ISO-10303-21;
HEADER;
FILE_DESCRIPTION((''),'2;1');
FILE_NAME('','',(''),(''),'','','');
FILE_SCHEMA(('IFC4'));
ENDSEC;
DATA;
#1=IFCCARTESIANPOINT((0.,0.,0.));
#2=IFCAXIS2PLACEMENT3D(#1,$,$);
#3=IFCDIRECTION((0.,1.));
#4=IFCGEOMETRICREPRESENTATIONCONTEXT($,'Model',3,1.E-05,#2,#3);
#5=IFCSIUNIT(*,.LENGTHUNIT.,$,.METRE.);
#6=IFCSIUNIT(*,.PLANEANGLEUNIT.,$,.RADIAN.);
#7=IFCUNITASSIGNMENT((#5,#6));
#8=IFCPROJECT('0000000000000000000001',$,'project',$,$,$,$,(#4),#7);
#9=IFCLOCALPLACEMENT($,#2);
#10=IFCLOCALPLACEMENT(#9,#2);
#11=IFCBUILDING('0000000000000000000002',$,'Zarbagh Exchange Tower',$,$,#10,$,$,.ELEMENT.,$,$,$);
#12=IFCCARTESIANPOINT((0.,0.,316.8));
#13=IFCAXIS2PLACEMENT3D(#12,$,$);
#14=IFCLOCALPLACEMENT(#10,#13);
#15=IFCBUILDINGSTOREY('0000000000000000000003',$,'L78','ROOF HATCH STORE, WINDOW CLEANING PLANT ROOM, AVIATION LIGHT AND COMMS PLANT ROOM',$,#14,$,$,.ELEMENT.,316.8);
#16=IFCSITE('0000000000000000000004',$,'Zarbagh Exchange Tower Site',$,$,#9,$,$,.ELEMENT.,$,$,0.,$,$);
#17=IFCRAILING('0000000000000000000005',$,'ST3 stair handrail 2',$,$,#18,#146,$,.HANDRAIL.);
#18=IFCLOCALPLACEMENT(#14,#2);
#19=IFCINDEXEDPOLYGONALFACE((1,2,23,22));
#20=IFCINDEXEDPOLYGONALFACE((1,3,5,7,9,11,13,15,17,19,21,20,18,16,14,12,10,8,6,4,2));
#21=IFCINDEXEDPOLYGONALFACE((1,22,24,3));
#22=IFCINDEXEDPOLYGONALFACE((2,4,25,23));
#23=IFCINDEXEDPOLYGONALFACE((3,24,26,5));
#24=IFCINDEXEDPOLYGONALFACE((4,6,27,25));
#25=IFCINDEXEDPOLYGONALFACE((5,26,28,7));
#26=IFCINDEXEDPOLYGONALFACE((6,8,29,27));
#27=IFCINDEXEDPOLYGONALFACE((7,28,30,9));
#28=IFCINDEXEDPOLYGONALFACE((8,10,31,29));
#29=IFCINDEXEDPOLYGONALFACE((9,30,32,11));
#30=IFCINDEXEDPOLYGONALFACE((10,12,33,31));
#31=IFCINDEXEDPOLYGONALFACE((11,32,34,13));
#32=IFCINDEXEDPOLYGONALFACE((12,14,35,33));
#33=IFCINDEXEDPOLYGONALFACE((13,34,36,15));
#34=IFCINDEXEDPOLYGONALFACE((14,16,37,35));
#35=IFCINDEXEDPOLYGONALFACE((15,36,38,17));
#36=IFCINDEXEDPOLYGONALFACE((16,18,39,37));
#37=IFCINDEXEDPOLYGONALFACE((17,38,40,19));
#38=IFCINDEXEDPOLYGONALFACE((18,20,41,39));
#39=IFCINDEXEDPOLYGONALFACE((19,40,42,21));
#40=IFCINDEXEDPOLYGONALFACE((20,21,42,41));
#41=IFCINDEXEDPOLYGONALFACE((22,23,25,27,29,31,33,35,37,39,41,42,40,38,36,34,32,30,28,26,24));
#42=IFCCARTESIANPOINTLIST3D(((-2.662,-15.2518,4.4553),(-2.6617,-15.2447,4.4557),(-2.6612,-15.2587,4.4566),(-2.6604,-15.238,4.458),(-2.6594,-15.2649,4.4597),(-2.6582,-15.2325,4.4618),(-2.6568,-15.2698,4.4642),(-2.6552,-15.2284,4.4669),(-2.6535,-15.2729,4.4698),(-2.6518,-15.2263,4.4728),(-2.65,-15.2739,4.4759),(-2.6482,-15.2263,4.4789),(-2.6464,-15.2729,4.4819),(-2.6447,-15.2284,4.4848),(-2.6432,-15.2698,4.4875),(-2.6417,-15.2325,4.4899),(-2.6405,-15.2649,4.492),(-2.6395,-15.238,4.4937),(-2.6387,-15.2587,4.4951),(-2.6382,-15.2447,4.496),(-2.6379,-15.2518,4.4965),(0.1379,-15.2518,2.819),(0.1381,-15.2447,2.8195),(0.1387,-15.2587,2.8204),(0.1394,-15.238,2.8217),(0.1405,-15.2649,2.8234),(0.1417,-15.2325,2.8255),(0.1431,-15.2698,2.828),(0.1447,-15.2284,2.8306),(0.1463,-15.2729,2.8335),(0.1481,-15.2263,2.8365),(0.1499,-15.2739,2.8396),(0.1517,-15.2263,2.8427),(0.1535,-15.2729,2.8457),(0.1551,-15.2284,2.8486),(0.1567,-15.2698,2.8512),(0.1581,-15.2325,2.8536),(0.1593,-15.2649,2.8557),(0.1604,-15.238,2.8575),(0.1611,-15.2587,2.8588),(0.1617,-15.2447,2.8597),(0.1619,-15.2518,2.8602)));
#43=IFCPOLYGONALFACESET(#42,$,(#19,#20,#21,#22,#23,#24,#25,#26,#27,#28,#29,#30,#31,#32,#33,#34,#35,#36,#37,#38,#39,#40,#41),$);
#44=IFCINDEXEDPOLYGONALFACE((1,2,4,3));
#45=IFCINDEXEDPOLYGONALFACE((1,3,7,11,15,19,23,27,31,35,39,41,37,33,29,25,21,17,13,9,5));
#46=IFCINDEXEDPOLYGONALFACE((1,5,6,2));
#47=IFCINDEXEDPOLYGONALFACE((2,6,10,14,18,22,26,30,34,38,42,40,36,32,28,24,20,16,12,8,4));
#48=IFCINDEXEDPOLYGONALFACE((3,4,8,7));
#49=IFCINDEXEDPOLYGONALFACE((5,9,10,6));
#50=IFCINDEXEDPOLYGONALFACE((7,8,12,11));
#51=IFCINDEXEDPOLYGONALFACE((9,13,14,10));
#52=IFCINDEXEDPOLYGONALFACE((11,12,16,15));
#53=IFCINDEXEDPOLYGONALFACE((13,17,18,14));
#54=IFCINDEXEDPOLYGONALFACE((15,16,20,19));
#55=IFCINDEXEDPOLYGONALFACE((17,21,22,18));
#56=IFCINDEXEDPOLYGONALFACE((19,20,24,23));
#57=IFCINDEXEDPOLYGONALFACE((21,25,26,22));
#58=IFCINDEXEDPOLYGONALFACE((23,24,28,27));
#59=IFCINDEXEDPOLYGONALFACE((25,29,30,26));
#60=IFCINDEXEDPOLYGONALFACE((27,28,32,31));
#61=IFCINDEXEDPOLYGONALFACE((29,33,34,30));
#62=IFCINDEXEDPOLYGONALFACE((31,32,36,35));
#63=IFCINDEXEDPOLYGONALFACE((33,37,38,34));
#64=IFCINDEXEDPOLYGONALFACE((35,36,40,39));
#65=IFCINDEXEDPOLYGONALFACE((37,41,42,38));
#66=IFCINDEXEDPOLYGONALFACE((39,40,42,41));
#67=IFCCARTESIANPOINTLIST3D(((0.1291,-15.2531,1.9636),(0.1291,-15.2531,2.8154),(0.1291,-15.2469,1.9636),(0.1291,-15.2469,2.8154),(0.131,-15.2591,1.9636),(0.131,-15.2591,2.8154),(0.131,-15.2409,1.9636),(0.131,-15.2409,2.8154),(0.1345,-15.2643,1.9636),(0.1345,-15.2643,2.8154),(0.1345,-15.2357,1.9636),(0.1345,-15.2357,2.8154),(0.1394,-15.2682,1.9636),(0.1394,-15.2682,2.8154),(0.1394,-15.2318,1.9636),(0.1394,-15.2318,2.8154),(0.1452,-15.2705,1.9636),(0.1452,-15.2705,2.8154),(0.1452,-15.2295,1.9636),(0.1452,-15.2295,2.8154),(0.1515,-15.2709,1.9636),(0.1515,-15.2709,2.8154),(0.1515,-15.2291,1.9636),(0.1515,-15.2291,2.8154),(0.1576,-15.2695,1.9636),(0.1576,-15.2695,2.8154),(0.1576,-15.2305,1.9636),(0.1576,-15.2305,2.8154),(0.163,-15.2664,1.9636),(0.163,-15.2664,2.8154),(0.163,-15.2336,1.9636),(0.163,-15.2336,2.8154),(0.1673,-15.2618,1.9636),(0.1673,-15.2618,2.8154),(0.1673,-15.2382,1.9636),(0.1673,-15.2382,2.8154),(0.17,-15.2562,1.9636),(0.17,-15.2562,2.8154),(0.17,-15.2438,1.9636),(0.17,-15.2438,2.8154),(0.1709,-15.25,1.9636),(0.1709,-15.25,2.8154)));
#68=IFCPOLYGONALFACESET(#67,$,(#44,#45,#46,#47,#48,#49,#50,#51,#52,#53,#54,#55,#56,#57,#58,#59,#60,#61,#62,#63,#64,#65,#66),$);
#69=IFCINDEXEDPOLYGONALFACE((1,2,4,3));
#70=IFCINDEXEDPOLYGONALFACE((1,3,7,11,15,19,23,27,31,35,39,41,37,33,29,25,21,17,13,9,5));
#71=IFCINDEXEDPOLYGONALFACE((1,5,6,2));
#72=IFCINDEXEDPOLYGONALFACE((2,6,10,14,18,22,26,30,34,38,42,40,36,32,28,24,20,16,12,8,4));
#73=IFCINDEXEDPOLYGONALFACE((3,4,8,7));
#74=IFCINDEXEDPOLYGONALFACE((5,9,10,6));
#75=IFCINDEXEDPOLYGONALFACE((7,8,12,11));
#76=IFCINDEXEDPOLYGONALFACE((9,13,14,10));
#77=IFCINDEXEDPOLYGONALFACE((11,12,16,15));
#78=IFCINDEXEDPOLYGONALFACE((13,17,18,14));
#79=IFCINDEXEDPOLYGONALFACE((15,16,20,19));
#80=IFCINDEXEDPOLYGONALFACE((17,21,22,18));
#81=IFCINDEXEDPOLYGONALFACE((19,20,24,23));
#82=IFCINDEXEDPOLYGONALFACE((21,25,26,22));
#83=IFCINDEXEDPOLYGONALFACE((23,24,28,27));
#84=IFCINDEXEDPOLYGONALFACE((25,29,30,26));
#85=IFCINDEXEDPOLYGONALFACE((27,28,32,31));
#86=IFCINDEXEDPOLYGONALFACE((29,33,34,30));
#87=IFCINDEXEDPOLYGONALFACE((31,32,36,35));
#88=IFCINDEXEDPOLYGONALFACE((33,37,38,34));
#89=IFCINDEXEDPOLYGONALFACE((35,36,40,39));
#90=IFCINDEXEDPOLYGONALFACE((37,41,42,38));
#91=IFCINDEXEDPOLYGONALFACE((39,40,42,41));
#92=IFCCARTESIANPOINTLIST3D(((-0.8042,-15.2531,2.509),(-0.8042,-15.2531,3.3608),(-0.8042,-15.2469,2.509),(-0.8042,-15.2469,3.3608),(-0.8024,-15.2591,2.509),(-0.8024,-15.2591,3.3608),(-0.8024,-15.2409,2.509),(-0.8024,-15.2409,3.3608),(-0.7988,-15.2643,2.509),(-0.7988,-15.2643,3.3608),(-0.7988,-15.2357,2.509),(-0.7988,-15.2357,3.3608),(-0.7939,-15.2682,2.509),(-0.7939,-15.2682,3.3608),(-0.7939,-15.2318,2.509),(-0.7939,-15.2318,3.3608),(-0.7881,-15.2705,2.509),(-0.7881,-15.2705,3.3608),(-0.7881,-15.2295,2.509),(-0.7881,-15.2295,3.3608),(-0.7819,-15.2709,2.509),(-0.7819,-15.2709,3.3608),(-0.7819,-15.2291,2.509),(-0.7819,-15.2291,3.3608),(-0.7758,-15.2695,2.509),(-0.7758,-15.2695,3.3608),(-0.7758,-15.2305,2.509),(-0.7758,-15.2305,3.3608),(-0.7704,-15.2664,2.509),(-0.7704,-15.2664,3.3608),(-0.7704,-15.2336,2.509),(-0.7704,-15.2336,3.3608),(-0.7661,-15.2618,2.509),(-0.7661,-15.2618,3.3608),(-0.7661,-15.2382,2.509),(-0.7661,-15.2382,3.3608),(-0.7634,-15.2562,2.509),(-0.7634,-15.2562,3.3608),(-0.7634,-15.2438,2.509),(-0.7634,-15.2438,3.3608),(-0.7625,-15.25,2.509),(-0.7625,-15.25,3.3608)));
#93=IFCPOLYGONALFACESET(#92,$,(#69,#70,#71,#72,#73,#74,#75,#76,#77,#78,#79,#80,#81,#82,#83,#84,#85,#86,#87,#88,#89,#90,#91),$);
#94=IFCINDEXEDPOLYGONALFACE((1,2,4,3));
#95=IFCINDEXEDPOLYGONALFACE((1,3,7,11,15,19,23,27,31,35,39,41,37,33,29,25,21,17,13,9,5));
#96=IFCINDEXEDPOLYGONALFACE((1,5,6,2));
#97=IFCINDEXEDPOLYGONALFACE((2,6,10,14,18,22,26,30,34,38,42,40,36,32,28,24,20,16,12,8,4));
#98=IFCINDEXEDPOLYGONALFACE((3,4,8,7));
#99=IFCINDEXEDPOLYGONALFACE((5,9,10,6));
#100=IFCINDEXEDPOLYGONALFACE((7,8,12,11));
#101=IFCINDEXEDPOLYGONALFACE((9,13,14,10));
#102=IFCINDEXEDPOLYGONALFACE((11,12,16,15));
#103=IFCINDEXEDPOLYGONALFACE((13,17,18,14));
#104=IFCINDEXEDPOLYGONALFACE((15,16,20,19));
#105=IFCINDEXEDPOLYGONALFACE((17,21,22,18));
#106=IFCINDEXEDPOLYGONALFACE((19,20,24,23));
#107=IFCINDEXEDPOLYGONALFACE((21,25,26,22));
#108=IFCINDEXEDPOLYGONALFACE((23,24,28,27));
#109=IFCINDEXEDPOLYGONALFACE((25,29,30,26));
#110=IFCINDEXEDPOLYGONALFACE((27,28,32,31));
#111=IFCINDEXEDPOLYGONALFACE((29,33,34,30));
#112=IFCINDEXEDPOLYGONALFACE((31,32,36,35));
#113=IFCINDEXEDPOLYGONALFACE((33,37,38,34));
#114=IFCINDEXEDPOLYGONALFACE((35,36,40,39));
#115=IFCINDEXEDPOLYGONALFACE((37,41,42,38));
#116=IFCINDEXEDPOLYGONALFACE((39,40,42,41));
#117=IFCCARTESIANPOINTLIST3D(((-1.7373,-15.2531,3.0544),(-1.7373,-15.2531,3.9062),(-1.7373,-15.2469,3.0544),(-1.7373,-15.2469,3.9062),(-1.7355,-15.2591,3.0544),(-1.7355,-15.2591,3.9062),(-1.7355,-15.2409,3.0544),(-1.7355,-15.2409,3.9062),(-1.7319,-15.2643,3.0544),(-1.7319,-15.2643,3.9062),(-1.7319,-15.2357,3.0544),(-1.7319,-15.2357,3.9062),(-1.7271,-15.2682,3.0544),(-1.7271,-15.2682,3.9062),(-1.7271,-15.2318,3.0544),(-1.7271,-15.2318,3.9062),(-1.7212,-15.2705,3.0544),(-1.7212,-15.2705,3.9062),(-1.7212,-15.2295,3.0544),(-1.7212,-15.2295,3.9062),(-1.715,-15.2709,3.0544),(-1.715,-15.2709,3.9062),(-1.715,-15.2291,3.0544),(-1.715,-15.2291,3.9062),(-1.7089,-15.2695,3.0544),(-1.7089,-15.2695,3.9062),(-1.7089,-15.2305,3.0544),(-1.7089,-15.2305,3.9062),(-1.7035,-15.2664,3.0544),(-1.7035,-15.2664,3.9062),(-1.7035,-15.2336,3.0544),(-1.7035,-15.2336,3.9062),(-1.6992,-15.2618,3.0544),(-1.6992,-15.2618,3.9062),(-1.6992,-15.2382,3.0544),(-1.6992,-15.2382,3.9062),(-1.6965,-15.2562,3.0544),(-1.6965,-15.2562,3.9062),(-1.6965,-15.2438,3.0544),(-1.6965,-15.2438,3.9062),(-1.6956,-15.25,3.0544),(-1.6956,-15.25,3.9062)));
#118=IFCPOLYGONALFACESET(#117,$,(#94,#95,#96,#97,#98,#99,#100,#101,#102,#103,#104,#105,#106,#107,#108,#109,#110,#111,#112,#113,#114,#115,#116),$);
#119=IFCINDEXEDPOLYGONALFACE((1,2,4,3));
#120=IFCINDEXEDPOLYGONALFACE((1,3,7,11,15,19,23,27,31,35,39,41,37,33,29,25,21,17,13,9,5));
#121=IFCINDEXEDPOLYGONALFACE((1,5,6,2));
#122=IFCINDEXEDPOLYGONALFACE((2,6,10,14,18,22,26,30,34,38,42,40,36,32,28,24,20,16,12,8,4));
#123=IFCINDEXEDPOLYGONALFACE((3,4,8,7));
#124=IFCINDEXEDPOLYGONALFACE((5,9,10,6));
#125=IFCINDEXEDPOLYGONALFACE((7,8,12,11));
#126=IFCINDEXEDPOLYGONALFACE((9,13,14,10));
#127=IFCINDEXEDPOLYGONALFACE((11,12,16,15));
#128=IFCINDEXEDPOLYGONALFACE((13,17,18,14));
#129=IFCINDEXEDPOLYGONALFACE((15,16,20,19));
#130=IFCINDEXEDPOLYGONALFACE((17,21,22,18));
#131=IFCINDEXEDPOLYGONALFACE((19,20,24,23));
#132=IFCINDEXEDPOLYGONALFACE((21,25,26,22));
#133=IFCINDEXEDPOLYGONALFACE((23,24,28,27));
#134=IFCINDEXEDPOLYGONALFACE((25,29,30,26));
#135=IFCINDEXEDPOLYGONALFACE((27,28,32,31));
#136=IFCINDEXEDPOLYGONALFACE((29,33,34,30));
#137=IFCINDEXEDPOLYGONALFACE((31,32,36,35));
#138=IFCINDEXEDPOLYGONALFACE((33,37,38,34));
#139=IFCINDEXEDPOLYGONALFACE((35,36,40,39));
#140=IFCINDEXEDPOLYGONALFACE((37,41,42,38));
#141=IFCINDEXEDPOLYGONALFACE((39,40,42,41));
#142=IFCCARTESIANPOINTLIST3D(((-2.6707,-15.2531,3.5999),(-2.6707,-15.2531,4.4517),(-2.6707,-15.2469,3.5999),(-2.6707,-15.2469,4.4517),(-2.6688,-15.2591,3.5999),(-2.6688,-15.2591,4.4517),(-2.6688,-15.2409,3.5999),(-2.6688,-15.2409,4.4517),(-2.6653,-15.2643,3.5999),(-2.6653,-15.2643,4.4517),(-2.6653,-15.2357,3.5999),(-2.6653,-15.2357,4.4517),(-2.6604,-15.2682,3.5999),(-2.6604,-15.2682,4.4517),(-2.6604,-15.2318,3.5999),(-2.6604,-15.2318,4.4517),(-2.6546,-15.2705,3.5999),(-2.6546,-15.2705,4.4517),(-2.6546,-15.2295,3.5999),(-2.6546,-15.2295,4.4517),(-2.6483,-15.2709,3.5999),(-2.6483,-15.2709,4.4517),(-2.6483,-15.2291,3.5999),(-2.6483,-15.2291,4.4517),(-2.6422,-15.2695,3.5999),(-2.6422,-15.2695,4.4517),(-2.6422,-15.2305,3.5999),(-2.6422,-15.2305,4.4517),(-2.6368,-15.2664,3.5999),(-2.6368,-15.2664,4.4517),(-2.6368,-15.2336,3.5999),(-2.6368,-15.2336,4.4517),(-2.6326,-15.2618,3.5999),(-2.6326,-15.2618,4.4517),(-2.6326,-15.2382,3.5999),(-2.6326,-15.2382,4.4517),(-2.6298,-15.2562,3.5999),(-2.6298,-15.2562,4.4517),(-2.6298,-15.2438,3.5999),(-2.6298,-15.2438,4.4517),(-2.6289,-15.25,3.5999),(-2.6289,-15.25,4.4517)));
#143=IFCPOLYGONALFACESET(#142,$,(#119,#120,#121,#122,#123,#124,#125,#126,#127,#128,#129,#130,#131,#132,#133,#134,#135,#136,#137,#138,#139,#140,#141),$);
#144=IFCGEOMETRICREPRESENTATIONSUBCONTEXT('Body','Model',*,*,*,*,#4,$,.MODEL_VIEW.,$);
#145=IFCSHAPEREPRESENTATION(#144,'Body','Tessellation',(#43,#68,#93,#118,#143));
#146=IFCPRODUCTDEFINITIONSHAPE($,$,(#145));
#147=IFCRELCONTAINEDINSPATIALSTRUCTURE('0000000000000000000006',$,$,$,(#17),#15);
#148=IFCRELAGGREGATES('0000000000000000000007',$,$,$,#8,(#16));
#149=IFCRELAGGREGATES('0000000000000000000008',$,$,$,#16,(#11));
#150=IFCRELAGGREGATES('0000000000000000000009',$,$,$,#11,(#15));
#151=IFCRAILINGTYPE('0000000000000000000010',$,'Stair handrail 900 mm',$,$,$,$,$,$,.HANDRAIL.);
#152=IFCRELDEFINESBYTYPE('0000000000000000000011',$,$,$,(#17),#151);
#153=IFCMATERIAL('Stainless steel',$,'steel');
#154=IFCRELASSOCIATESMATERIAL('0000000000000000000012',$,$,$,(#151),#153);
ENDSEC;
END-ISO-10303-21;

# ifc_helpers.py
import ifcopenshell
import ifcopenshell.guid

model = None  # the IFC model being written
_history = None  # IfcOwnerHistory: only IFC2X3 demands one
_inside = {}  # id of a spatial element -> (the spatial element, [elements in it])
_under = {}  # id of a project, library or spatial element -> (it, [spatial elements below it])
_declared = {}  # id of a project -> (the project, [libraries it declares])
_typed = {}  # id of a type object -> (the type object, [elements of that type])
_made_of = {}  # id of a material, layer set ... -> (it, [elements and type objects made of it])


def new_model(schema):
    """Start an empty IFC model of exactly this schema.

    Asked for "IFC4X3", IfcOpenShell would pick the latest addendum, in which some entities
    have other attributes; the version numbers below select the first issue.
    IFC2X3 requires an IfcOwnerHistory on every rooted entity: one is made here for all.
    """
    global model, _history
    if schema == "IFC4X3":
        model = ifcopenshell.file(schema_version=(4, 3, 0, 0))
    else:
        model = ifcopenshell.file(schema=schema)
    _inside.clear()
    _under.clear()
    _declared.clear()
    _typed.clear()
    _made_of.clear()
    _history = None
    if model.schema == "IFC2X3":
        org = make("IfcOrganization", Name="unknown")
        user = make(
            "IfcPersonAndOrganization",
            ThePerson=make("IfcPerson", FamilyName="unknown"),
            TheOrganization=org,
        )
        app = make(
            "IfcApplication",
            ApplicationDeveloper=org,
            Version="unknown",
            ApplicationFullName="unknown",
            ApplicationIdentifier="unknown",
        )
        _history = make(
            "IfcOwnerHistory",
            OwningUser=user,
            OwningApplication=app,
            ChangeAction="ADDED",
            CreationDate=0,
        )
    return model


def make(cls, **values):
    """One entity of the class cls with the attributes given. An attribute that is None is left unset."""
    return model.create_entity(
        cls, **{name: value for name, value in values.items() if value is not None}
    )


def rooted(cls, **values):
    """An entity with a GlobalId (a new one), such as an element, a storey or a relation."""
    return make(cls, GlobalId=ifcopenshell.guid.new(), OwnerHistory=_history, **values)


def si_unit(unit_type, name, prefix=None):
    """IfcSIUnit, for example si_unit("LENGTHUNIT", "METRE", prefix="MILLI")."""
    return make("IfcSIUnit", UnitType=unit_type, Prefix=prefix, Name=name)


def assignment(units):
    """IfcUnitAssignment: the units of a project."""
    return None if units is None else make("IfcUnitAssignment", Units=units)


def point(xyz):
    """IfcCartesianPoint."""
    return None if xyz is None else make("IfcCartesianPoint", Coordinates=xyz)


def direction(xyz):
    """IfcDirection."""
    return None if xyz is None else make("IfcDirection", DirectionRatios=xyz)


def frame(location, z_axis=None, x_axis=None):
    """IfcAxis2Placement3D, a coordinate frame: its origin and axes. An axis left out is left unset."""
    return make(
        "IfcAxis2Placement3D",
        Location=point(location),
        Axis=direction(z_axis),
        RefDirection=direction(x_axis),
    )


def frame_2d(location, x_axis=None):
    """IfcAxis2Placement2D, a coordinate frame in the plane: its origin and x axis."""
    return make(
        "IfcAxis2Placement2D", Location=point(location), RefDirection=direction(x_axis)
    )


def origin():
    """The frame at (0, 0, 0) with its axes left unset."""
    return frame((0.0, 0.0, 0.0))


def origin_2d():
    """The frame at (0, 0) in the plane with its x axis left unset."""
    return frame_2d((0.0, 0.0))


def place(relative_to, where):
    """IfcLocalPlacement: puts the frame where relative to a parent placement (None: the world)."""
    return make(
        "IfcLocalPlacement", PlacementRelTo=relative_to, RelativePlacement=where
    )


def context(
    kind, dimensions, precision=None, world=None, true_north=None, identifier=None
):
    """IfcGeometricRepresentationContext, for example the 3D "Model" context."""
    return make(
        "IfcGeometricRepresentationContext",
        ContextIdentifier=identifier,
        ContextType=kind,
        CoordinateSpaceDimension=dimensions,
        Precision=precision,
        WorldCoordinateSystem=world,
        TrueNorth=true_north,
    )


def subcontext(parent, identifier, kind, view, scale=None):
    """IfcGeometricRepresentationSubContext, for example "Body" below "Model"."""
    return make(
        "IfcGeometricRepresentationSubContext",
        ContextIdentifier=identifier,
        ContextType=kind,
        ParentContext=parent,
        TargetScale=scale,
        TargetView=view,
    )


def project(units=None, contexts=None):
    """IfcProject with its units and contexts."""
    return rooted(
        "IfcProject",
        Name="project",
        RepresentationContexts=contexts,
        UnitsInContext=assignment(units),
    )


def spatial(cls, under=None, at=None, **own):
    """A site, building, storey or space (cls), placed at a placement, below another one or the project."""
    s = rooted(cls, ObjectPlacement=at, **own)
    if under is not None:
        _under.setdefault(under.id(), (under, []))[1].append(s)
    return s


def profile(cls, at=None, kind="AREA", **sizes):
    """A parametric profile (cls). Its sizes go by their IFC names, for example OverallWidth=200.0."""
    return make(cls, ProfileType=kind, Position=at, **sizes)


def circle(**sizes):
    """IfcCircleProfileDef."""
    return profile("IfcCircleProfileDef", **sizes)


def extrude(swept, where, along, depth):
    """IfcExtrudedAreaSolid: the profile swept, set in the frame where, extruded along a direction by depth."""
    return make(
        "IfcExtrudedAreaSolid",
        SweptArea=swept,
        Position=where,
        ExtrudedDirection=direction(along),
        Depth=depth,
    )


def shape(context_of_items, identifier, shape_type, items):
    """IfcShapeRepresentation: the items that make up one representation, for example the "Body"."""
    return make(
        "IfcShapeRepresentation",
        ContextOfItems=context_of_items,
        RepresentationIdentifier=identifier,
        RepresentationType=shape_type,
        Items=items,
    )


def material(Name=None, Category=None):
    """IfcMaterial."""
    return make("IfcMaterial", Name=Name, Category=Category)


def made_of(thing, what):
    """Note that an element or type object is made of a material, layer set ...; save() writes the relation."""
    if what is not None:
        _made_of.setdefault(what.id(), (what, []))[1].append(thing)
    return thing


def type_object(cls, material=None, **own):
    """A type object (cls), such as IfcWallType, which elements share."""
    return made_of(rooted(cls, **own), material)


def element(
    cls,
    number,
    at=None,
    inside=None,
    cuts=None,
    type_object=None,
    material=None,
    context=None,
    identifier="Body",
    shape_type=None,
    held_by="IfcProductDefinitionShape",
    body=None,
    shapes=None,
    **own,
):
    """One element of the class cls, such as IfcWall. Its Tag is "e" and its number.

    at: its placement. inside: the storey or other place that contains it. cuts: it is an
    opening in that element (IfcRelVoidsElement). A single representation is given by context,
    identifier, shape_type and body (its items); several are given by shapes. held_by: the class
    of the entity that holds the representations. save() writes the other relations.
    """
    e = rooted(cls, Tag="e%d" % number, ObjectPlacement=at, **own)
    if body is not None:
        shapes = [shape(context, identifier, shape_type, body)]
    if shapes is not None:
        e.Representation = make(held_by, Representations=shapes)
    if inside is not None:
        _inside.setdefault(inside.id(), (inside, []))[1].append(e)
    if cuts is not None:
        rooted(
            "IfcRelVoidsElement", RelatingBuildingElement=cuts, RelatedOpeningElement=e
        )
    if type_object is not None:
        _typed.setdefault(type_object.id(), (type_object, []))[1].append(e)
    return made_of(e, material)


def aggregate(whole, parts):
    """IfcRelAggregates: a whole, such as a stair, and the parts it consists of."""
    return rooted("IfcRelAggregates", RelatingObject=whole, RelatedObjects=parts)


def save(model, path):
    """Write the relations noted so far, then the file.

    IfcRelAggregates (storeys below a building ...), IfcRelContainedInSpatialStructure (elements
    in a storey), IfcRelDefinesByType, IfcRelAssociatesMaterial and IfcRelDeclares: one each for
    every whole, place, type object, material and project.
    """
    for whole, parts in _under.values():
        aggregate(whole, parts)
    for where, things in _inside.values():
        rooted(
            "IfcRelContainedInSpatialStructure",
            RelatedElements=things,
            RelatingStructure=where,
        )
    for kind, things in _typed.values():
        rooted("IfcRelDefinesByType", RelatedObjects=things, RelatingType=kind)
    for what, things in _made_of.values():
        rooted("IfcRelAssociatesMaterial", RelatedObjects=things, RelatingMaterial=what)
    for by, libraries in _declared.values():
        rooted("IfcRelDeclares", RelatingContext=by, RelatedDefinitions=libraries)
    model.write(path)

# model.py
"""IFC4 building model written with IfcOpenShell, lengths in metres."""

from ifc_helpers import new_model, si_unit, direction, frame, origin, origin_2d, place, context, subcontext, project, spatial, circle, extrude, material, type_object, element, save


model = new_model("IFC4")

# Units and contexts
model_context = context("Model", 3, precision=1e-05, world=origin(), true_north=direction((0.0, 1.0)))
body_context = subcontext(model_context, "Body", "Model", "MODEL_VIEW")
ifc_project = project(units=[si_unit("LENGTHUNIT", "METRE"), si_unit("PLANEANGLEUNIT", "RADIAN")], contexts=[model_context])

# Site, building, storey
site_placement = place(None, origin())
site = spatial("IfcSite", under=ifc_project, at=site_placement, Name="Zarbagh Exchange Tower Site", CompositionType="ELEMENT", RefElevation=0.0)
building_placement = place(site_placement, origin())
building = spatial("IfcBuilding", under=site, at=building_placement, Name="Zarbagh Exchange Tower", CompositionType="ELEMENT")
storey_placement = place(building_placement, frame((0.0, 0.0, 316.8)))
storey = spatial("IfcBuildingStorey", under=building, at=storey_placement, Name="L78", Description="ROOF HATCH STORE, WINDOW CLEANING PLANT ROOM, AVIATION LIGHT AND COMMS PLANT ROOM", CompositionType="ELEMENT", Elevation=316.8)

# Shared definitions
ifc_material_1 = material(Name="Stainless steel", Category="steel")

# Railing
railing_type_1 = type_object("IfcRailingType", Name="Stair handrail 900 mm", PredefinedType="HANDRAIL", material=ifc_material_1)
railing_1_placement = place(storey_placement, frame((0.1499, -15.25, 1.9636)))
element("IfcRailing", 1, at=railing_1_placement, inside=storey, type_object=railing_type_1, Name="ST3 stair handrail 2", PredefinedType="HANDRAIL", context=body_context, shape_type="SweptSolid", body=[
    extrude(circle(Radius=0.0239, at=origin_2d()), frame((0.0, 0.0, 0.876), z_axis=(-0.863374, 0.0, 0.504564), x_axis=(0.0, -1.0, 0.0)), (0.0, 0.0, 1.0), 3.2429),
    extrude(circle(Radius=0.021, at=origin_2d()), origin(), (0.0, 0.0, 1.0), 0.8518),
    extrude(circle(Radius=0.021, at=origin_2d()), frame((-0.9333, 0.0, 0.5454)), (0.0, 0.0, 1.0), 0.8518),
    extrude(circle(Radius=0.021, at=origin_2d()), frame((-1.8665, 0.0, 1.0908)), (0.0, 0.0, 1.0), 0.8518),
    extrude(circle(Radius=0.021, at=origin_2d()), frame((-2.7998, 0.0, 1.6362)), (0.0, 0.0, 1.0), 0.8518),
])

save(model, "model.ifc")
